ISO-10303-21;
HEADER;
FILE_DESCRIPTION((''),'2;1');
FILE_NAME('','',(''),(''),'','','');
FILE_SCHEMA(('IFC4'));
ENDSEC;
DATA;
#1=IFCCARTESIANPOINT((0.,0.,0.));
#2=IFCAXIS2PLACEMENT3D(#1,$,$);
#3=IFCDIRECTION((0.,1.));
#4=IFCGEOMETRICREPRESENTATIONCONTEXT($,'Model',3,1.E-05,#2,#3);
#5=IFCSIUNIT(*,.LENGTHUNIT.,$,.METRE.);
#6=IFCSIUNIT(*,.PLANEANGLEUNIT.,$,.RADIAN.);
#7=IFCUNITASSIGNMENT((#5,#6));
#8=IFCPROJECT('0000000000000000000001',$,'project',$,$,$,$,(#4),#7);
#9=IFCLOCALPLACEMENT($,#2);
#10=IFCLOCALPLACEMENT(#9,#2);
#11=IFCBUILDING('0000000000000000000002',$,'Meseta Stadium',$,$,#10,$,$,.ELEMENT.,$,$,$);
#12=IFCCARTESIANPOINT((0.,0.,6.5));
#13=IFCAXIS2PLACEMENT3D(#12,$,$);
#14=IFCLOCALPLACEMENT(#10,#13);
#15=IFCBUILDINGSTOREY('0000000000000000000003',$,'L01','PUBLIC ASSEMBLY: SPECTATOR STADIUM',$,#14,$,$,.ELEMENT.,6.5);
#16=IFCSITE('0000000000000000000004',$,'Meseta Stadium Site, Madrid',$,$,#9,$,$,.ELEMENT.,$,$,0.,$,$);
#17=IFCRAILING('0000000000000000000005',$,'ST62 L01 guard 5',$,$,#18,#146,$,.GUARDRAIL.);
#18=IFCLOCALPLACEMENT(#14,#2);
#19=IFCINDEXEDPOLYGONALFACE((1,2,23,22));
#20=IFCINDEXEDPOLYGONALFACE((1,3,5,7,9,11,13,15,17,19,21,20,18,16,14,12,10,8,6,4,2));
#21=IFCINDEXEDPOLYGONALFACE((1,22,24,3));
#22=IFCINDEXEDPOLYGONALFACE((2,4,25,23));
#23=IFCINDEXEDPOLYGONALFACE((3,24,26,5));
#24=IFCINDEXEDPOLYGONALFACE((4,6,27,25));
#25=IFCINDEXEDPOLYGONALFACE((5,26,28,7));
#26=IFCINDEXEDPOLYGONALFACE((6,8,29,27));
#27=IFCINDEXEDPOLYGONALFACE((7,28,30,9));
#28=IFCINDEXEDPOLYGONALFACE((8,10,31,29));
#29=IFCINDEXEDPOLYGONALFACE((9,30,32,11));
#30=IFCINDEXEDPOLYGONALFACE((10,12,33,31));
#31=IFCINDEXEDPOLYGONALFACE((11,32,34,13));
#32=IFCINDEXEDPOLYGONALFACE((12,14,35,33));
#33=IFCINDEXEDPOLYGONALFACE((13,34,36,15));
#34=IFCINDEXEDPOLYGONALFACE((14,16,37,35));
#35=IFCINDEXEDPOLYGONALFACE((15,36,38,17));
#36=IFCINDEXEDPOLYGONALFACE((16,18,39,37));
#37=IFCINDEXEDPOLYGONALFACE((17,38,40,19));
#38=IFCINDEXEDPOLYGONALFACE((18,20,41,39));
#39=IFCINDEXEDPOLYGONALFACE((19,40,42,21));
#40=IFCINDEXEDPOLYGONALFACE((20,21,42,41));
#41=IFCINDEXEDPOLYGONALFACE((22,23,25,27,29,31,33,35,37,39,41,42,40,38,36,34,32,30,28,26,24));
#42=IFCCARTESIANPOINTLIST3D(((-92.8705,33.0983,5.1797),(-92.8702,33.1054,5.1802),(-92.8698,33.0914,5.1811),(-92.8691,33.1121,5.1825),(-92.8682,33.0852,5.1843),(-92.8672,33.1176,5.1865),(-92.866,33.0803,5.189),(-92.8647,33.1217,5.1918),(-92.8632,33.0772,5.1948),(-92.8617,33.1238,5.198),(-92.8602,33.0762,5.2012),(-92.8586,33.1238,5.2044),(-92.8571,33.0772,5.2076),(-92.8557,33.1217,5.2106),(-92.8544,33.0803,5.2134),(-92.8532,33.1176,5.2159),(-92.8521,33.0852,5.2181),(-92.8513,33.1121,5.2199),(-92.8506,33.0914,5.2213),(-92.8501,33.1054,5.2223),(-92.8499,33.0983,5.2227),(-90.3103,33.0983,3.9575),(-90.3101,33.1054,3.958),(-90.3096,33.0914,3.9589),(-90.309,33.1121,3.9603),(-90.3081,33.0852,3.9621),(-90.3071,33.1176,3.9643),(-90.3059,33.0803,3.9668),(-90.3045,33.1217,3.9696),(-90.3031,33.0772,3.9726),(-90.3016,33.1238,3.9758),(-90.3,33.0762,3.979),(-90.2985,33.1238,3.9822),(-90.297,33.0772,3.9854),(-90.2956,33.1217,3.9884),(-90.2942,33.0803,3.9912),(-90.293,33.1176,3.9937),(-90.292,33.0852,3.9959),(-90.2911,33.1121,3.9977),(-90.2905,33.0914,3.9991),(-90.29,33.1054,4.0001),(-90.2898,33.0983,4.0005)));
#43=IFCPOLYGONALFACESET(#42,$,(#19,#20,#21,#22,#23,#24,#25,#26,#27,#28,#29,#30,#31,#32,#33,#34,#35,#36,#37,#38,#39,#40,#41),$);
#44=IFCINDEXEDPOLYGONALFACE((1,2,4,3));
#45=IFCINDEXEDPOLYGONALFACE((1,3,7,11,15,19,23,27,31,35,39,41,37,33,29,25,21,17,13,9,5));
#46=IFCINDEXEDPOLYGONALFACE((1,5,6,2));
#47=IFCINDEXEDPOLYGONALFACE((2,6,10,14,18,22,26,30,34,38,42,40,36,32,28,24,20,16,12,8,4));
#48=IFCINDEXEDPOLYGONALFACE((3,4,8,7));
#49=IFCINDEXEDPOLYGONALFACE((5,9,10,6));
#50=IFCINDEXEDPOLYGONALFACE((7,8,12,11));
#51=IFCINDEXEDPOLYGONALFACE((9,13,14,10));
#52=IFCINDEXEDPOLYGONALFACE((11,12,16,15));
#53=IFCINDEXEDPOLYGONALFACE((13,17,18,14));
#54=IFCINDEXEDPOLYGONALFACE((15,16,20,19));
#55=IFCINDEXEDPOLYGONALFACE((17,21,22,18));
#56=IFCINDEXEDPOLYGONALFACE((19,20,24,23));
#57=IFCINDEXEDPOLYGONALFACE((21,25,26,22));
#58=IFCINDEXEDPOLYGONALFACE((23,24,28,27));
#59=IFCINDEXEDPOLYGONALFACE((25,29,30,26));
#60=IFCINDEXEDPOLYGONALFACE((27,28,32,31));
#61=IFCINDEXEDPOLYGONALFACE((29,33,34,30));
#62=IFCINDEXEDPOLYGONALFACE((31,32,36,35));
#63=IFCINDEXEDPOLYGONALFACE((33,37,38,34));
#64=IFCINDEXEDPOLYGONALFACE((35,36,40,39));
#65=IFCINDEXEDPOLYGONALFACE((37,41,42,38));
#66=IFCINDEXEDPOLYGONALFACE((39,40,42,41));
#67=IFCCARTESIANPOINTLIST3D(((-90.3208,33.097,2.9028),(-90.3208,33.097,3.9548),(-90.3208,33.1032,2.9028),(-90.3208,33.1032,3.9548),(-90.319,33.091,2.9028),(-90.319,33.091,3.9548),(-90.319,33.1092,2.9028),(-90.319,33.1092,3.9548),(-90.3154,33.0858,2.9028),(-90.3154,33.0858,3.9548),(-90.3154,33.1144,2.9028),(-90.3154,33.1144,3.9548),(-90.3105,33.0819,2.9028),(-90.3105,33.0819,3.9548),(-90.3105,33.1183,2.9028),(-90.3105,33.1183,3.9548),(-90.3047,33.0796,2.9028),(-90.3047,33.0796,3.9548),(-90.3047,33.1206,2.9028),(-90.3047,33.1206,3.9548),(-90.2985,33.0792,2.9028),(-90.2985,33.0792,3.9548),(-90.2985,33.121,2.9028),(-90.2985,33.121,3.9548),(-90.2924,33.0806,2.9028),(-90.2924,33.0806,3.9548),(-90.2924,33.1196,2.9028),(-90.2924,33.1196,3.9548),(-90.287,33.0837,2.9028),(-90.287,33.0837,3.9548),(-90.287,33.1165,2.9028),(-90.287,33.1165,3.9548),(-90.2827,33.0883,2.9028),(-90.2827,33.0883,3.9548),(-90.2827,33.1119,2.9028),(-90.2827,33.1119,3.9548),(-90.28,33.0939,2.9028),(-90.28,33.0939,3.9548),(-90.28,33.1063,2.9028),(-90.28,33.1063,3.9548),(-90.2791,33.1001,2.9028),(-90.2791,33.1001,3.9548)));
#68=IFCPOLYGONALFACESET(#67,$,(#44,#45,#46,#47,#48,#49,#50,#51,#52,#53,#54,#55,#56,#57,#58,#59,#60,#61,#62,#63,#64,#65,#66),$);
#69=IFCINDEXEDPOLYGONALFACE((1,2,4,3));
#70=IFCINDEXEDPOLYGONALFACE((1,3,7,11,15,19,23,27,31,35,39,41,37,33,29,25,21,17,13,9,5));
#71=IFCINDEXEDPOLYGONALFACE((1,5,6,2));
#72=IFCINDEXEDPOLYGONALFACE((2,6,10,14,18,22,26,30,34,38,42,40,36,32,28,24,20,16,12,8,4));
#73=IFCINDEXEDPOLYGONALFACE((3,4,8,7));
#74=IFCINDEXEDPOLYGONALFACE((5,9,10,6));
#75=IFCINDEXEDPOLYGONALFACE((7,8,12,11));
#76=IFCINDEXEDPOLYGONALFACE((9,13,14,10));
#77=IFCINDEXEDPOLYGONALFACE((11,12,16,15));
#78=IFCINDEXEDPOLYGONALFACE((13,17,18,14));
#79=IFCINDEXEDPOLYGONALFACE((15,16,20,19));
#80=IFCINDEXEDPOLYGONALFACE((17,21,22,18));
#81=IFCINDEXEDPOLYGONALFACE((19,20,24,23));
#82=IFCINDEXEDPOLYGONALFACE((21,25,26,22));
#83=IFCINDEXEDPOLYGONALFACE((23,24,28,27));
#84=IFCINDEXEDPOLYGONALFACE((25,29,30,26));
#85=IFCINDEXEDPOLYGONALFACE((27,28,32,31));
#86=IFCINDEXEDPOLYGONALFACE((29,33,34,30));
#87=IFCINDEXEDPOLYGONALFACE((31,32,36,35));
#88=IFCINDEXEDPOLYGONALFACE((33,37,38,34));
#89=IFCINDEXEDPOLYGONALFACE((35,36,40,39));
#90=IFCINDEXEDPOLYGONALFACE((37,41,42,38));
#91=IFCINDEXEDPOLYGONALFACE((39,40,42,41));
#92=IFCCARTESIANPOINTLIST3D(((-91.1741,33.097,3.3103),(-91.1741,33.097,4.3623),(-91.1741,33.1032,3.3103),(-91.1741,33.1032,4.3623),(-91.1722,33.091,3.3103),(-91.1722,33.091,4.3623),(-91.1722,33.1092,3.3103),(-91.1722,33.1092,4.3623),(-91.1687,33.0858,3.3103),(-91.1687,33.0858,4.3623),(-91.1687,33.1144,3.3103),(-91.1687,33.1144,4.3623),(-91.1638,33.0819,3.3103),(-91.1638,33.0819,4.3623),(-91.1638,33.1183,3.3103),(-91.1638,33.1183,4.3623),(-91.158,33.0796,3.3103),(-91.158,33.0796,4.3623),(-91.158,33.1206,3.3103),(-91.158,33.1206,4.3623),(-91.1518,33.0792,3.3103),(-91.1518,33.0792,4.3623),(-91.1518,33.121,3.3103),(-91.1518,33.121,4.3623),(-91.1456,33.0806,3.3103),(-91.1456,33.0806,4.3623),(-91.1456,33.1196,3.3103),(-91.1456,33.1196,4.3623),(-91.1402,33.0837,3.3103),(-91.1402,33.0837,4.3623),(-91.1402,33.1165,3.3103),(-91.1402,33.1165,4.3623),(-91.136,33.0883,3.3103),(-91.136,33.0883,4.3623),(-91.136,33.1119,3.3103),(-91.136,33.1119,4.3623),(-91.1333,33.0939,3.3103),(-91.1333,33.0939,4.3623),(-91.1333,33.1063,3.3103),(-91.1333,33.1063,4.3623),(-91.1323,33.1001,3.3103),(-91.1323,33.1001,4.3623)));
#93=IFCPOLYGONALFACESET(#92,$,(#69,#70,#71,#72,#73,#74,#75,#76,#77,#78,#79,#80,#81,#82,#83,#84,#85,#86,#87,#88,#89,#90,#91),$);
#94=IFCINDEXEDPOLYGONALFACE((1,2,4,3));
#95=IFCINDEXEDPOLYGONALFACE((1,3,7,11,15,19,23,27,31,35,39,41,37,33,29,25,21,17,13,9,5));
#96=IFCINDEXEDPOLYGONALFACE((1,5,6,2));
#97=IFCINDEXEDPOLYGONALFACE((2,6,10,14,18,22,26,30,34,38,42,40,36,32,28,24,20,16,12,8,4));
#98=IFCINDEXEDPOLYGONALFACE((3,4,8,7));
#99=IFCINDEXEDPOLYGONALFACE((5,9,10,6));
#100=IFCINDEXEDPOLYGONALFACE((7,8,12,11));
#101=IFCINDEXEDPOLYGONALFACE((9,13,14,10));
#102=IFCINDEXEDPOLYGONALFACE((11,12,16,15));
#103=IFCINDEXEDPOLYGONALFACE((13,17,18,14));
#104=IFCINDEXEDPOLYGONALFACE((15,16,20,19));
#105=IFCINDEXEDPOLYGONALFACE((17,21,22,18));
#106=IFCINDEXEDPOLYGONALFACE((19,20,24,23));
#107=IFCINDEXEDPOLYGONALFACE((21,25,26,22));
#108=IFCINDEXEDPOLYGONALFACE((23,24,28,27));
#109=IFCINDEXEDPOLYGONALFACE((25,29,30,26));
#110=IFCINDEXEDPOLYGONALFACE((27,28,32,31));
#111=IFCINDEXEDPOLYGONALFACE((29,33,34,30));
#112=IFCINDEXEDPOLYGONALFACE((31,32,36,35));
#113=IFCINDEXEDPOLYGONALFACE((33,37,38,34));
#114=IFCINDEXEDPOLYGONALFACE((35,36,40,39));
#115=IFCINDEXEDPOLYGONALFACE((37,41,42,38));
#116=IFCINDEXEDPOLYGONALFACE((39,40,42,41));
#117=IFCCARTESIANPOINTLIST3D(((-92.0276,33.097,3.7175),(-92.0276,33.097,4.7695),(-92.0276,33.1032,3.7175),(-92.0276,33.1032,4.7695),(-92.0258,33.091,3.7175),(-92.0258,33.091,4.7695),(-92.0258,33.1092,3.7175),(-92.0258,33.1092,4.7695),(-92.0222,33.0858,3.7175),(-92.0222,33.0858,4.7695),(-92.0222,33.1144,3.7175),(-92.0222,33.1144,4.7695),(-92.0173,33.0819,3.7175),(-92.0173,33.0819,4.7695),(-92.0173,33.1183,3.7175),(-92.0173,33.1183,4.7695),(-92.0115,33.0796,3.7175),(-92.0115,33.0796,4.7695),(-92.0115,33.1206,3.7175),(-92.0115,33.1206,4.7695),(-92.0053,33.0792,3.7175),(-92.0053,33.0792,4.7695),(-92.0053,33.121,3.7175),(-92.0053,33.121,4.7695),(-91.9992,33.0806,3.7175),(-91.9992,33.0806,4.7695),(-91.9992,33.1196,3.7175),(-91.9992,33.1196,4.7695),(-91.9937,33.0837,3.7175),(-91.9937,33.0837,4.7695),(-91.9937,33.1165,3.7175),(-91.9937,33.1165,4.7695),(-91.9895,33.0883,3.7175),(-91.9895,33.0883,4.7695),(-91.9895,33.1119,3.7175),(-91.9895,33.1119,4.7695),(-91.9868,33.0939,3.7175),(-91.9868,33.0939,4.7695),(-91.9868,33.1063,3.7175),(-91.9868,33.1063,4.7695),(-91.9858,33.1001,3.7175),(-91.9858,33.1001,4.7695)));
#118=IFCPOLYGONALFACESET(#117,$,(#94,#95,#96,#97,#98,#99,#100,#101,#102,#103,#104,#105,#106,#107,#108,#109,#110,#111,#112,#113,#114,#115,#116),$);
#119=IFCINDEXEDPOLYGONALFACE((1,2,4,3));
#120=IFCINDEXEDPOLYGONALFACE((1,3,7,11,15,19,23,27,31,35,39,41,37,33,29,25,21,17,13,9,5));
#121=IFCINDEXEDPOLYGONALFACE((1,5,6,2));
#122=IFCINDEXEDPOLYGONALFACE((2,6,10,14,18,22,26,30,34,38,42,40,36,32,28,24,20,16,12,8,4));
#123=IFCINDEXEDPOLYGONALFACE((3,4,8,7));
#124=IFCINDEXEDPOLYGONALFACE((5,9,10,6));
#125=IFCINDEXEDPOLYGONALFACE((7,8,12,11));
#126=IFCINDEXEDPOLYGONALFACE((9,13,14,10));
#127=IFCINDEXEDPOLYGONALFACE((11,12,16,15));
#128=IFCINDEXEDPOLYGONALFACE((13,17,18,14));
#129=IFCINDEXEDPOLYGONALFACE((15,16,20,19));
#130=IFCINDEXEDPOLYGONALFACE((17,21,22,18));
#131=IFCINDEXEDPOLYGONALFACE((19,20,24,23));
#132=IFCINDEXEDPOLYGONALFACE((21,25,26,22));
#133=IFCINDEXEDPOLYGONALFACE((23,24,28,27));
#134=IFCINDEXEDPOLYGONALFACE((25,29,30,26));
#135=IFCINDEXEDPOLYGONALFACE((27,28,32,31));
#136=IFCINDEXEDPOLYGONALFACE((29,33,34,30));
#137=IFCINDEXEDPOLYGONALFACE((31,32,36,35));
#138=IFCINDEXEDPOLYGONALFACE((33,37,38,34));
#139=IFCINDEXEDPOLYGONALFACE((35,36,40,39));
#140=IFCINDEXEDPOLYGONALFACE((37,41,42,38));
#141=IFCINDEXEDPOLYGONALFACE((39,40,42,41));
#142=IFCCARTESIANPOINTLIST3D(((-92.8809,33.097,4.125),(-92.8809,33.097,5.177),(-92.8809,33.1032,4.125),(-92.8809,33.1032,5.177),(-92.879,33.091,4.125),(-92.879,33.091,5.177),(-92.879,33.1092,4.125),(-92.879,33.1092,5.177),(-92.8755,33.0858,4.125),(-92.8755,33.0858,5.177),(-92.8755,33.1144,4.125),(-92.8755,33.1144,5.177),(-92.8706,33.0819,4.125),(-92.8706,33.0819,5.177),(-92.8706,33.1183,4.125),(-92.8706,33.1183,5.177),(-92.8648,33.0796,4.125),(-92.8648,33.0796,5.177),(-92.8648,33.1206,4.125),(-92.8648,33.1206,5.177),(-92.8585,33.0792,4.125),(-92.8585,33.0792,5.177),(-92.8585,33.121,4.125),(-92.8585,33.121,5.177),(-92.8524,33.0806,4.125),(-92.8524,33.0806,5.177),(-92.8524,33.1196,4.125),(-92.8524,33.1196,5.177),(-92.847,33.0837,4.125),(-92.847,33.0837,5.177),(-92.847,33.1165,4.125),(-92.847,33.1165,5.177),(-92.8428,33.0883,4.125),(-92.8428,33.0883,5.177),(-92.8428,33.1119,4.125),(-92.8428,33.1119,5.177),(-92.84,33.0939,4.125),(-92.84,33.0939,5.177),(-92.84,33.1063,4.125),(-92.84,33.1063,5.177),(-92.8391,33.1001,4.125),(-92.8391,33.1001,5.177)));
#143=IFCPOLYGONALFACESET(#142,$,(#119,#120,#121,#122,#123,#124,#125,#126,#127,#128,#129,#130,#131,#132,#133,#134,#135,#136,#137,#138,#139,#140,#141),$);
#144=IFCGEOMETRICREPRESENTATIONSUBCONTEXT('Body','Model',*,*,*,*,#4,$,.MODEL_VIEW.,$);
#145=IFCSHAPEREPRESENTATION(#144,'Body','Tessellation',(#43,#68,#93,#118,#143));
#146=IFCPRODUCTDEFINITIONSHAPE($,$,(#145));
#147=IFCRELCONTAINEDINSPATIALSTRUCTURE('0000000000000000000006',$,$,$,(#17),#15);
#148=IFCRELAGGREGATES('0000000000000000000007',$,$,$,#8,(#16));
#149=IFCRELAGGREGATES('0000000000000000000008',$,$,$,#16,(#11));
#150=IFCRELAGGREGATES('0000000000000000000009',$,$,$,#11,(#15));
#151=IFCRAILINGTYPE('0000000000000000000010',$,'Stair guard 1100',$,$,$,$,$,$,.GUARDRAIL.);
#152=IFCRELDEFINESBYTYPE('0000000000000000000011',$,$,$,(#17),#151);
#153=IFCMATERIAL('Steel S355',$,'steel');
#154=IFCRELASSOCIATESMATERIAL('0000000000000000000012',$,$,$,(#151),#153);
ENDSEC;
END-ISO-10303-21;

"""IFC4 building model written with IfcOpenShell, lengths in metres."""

from ifc_helpers import new_model, si_unit, direction, frame, origin, origin_2d, place, context, subcontext, project, spatial, circle, extrude, material, type_object, element, save


model = new_model("IFC4")

# Units and contexts
model_context = context("Model", 3, precision=1e-05, world=origin(), true_north=direction((0.0, 1.0)))
body_context = subcontext(model_context, "Body", "Model", "MODEL_VIEW")
ifc_project = project(units=[si_unit("LENGTHUNIT", "METRE"), si_unit("PLANEANGLEUNIT", "RADIAN")], contexts=[model_context])

# Site, building, storey
site_placement = place(None, origin())
site = spatial("IfcSite", under=ifc_project, at=site_placement, Name="Meseta Stadium Site, Madrid", CompositionType="ELEMENT", RefElevation=0.0)
building_placement = place(site_placement, origin())
building = spatial("IfcBuilding", under=site, at=building_placement, Name="Meseta Stadium", CompositionType="ELEMENT")
storey_placement = place(building_placement, frame((0.0, 0.0, 6.5)))
storey = spatial("IfcBuildingStorey", under=building, at=storey_placement, Name="L01", Description="PUBLIC ASSEMBLY: SPECTATOR STADIUM", CompositionType="ELEMENT", Elevation=6.5)

# Railing
ifc_material_1 = material(Name="Steel S355", Category="steel")
railing_type_1 = type_object("IfcRailingType", Name="Stair guard 1100", PredefinedType="GUARDRAIL", material=ifc_material_1)
railing_1_placement = place(storey_placement, frame((-90.3, 33.1001, 2.9028)))
element("IfcRailing", 1, at=railing_1_placement, inside=storey, type_object=railing_type_1, Name="ST62 L01 guard 5", PredefinedType="GUARDRAIL", context=body_context, shape_type="SweptSolid", body=[
    extrude(circle(Radius=0.0239, at=origin_2d()), frame((0.0, 0.0, 1.0762), z_axis=(-0.902437, 0.0, 0.430822), x_axis=(0.0, -1.0, 0.0)), (0.0, 0.0, 1.0), 2.8369),
    extrude(circle(Radius=0.021, at=origin_2d()), origin(), (0.0, 0.0, 1.0), 1.052),
    extrude(circle(Radius=0.021, at=origin_2d()), frame((-0.8533, 0.0, 0.4075)), (0.0, 0.0, 1.0), 1.052),
    extrude(circle(Radius=0.021, at=origin_2d()), frame((-1.7068, 0.0, 0.8147)), (0.0, 0.0, 1.0), 1.052),
    extrude(circle(Radius=0.021, at=origin_2d()), frame((-2.5601, 0.0, 1.2222)), (0.0, 0.0, 1.0), 1.052),
])

save(model, "model.ifc")
